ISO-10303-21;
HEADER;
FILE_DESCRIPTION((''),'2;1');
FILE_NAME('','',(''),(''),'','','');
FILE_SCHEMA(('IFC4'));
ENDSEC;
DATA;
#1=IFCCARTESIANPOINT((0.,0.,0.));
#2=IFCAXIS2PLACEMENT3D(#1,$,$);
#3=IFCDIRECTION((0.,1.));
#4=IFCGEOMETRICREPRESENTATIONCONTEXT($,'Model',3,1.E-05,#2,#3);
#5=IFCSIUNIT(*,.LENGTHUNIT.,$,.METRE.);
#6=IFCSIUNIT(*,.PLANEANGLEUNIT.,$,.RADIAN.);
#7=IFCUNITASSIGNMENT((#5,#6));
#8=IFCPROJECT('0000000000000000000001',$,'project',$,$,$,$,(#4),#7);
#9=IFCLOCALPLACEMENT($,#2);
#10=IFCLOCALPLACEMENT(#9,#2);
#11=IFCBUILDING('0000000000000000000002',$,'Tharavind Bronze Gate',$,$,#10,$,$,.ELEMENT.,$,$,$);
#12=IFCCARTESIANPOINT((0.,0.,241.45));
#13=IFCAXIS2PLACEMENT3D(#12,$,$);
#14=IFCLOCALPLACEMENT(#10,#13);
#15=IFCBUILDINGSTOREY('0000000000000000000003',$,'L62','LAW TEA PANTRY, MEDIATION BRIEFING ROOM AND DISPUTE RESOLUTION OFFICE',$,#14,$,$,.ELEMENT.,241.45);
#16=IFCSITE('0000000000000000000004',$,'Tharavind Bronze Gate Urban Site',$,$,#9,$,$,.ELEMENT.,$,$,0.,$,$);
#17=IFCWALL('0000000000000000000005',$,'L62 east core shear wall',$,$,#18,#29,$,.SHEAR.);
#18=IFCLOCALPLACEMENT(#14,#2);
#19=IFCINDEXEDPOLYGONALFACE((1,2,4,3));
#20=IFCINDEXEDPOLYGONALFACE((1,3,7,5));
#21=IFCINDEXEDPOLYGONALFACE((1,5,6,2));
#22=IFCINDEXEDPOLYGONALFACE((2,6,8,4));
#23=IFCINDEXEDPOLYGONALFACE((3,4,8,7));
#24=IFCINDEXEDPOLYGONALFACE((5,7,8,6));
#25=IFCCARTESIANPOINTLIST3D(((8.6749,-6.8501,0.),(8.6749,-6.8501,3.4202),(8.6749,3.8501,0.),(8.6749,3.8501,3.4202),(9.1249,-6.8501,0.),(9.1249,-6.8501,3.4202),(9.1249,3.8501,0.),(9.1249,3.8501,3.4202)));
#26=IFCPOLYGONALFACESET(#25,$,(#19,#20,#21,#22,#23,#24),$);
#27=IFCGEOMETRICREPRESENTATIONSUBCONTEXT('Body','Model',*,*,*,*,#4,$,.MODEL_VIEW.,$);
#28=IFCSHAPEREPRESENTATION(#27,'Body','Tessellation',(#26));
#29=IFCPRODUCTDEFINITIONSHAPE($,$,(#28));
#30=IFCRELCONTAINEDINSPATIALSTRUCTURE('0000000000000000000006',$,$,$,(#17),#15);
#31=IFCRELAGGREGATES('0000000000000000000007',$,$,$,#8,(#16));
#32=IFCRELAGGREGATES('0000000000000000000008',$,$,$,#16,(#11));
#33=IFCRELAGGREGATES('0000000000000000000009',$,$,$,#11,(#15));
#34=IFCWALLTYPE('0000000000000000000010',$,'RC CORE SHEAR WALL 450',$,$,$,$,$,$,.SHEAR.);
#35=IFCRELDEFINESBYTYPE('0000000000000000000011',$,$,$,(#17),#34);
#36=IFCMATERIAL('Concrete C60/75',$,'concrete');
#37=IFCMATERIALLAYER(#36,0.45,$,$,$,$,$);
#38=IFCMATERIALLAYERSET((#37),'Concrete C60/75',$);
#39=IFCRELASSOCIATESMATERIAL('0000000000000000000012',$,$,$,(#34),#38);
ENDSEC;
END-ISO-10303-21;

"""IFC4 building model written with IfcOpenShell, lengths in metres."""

from ifc_helpers import new_model, si_unit, direction, frame, frame_2d, origin, place, context, subcontext, project, spatial, rectangle, extrude, material, layer, layer_set, type_object, element, save


model = new_model("IFC4")

# Units and contexts
model_context = context("Model", 3, precision=1e-05, world=origin(), true_north=direction((0.0, 1.0)))
body_context = subcontext(model_context, "Body", "Model", "MODEL_VIEW")
ifc_project = project(units=[si_unit("LENGTHUNIT", "METRE"), si_unit("PLANEANGLEUNIT", "RADIAN")], contexts=[model_context])

# Site, building, storey
site_placement = place(None, origin())
site = spatial("IfcSite", under=ifc_project, at=site_placement, Name="Tharavind Bronze Gate Urban Site", CompositionType="ELEMENT", RefElevation=0.0)
building_placement = place(site_placement, origin())
building = spatial("IfcBuilding", under=site, at=building_placement, Name="Tharavind Bronze Gate", CompositionType="ELEMENT")
storey_placement = place(building_placement, frame((0.0, 0.0, 241.45)))
storey = spatial("IfcBuildingStorey", under=building, at=storey_placement, Name="L62", Description="LAW TEA PANTRY, MEDIATION BRIEFING ROOM AND DISPUTE RESOLUTION OFFICE", CompositionType="ELEMENT", Elevation=241.45)

# Wall
ifc_material_1 = material(Name="Concrete C60/75", Category="concrete")
ifc_layer_1 = layer(ifc_material_1, 0.45)
ifc_layer_set_1 = layer_set([ifc_layer_1], Name="Concrete C60/75")
wall_type_1 = type_object("IfcWallType", Name="RC CORE SHEAR WALL 450", PredefinedType="SHEAR", material=ifc_layer_set_1)
wall_1_placement = place(storey_placement, frame((8.8999, -6.8501, 0.0), z_axis=(0.0, 0.0, 1.0), x_axis=(0.0, 1.0, 0.0)))
element("IfcWall", 1, at=wall_1_placement, inside=storey, type_object=wall_type_1, Name="L62 east core shear wall", PredefinedType="SHEAR", context=body_context, shape_type="SweptSolid", body=[
    extrude(rectangle(XDim=10.7002, YDim=0.45, at=frame_2d((5.3501, 0.0))), origin(), (0.0, 0.0, 1.0), 3.4202),
])

save(model, "model.ifc")
